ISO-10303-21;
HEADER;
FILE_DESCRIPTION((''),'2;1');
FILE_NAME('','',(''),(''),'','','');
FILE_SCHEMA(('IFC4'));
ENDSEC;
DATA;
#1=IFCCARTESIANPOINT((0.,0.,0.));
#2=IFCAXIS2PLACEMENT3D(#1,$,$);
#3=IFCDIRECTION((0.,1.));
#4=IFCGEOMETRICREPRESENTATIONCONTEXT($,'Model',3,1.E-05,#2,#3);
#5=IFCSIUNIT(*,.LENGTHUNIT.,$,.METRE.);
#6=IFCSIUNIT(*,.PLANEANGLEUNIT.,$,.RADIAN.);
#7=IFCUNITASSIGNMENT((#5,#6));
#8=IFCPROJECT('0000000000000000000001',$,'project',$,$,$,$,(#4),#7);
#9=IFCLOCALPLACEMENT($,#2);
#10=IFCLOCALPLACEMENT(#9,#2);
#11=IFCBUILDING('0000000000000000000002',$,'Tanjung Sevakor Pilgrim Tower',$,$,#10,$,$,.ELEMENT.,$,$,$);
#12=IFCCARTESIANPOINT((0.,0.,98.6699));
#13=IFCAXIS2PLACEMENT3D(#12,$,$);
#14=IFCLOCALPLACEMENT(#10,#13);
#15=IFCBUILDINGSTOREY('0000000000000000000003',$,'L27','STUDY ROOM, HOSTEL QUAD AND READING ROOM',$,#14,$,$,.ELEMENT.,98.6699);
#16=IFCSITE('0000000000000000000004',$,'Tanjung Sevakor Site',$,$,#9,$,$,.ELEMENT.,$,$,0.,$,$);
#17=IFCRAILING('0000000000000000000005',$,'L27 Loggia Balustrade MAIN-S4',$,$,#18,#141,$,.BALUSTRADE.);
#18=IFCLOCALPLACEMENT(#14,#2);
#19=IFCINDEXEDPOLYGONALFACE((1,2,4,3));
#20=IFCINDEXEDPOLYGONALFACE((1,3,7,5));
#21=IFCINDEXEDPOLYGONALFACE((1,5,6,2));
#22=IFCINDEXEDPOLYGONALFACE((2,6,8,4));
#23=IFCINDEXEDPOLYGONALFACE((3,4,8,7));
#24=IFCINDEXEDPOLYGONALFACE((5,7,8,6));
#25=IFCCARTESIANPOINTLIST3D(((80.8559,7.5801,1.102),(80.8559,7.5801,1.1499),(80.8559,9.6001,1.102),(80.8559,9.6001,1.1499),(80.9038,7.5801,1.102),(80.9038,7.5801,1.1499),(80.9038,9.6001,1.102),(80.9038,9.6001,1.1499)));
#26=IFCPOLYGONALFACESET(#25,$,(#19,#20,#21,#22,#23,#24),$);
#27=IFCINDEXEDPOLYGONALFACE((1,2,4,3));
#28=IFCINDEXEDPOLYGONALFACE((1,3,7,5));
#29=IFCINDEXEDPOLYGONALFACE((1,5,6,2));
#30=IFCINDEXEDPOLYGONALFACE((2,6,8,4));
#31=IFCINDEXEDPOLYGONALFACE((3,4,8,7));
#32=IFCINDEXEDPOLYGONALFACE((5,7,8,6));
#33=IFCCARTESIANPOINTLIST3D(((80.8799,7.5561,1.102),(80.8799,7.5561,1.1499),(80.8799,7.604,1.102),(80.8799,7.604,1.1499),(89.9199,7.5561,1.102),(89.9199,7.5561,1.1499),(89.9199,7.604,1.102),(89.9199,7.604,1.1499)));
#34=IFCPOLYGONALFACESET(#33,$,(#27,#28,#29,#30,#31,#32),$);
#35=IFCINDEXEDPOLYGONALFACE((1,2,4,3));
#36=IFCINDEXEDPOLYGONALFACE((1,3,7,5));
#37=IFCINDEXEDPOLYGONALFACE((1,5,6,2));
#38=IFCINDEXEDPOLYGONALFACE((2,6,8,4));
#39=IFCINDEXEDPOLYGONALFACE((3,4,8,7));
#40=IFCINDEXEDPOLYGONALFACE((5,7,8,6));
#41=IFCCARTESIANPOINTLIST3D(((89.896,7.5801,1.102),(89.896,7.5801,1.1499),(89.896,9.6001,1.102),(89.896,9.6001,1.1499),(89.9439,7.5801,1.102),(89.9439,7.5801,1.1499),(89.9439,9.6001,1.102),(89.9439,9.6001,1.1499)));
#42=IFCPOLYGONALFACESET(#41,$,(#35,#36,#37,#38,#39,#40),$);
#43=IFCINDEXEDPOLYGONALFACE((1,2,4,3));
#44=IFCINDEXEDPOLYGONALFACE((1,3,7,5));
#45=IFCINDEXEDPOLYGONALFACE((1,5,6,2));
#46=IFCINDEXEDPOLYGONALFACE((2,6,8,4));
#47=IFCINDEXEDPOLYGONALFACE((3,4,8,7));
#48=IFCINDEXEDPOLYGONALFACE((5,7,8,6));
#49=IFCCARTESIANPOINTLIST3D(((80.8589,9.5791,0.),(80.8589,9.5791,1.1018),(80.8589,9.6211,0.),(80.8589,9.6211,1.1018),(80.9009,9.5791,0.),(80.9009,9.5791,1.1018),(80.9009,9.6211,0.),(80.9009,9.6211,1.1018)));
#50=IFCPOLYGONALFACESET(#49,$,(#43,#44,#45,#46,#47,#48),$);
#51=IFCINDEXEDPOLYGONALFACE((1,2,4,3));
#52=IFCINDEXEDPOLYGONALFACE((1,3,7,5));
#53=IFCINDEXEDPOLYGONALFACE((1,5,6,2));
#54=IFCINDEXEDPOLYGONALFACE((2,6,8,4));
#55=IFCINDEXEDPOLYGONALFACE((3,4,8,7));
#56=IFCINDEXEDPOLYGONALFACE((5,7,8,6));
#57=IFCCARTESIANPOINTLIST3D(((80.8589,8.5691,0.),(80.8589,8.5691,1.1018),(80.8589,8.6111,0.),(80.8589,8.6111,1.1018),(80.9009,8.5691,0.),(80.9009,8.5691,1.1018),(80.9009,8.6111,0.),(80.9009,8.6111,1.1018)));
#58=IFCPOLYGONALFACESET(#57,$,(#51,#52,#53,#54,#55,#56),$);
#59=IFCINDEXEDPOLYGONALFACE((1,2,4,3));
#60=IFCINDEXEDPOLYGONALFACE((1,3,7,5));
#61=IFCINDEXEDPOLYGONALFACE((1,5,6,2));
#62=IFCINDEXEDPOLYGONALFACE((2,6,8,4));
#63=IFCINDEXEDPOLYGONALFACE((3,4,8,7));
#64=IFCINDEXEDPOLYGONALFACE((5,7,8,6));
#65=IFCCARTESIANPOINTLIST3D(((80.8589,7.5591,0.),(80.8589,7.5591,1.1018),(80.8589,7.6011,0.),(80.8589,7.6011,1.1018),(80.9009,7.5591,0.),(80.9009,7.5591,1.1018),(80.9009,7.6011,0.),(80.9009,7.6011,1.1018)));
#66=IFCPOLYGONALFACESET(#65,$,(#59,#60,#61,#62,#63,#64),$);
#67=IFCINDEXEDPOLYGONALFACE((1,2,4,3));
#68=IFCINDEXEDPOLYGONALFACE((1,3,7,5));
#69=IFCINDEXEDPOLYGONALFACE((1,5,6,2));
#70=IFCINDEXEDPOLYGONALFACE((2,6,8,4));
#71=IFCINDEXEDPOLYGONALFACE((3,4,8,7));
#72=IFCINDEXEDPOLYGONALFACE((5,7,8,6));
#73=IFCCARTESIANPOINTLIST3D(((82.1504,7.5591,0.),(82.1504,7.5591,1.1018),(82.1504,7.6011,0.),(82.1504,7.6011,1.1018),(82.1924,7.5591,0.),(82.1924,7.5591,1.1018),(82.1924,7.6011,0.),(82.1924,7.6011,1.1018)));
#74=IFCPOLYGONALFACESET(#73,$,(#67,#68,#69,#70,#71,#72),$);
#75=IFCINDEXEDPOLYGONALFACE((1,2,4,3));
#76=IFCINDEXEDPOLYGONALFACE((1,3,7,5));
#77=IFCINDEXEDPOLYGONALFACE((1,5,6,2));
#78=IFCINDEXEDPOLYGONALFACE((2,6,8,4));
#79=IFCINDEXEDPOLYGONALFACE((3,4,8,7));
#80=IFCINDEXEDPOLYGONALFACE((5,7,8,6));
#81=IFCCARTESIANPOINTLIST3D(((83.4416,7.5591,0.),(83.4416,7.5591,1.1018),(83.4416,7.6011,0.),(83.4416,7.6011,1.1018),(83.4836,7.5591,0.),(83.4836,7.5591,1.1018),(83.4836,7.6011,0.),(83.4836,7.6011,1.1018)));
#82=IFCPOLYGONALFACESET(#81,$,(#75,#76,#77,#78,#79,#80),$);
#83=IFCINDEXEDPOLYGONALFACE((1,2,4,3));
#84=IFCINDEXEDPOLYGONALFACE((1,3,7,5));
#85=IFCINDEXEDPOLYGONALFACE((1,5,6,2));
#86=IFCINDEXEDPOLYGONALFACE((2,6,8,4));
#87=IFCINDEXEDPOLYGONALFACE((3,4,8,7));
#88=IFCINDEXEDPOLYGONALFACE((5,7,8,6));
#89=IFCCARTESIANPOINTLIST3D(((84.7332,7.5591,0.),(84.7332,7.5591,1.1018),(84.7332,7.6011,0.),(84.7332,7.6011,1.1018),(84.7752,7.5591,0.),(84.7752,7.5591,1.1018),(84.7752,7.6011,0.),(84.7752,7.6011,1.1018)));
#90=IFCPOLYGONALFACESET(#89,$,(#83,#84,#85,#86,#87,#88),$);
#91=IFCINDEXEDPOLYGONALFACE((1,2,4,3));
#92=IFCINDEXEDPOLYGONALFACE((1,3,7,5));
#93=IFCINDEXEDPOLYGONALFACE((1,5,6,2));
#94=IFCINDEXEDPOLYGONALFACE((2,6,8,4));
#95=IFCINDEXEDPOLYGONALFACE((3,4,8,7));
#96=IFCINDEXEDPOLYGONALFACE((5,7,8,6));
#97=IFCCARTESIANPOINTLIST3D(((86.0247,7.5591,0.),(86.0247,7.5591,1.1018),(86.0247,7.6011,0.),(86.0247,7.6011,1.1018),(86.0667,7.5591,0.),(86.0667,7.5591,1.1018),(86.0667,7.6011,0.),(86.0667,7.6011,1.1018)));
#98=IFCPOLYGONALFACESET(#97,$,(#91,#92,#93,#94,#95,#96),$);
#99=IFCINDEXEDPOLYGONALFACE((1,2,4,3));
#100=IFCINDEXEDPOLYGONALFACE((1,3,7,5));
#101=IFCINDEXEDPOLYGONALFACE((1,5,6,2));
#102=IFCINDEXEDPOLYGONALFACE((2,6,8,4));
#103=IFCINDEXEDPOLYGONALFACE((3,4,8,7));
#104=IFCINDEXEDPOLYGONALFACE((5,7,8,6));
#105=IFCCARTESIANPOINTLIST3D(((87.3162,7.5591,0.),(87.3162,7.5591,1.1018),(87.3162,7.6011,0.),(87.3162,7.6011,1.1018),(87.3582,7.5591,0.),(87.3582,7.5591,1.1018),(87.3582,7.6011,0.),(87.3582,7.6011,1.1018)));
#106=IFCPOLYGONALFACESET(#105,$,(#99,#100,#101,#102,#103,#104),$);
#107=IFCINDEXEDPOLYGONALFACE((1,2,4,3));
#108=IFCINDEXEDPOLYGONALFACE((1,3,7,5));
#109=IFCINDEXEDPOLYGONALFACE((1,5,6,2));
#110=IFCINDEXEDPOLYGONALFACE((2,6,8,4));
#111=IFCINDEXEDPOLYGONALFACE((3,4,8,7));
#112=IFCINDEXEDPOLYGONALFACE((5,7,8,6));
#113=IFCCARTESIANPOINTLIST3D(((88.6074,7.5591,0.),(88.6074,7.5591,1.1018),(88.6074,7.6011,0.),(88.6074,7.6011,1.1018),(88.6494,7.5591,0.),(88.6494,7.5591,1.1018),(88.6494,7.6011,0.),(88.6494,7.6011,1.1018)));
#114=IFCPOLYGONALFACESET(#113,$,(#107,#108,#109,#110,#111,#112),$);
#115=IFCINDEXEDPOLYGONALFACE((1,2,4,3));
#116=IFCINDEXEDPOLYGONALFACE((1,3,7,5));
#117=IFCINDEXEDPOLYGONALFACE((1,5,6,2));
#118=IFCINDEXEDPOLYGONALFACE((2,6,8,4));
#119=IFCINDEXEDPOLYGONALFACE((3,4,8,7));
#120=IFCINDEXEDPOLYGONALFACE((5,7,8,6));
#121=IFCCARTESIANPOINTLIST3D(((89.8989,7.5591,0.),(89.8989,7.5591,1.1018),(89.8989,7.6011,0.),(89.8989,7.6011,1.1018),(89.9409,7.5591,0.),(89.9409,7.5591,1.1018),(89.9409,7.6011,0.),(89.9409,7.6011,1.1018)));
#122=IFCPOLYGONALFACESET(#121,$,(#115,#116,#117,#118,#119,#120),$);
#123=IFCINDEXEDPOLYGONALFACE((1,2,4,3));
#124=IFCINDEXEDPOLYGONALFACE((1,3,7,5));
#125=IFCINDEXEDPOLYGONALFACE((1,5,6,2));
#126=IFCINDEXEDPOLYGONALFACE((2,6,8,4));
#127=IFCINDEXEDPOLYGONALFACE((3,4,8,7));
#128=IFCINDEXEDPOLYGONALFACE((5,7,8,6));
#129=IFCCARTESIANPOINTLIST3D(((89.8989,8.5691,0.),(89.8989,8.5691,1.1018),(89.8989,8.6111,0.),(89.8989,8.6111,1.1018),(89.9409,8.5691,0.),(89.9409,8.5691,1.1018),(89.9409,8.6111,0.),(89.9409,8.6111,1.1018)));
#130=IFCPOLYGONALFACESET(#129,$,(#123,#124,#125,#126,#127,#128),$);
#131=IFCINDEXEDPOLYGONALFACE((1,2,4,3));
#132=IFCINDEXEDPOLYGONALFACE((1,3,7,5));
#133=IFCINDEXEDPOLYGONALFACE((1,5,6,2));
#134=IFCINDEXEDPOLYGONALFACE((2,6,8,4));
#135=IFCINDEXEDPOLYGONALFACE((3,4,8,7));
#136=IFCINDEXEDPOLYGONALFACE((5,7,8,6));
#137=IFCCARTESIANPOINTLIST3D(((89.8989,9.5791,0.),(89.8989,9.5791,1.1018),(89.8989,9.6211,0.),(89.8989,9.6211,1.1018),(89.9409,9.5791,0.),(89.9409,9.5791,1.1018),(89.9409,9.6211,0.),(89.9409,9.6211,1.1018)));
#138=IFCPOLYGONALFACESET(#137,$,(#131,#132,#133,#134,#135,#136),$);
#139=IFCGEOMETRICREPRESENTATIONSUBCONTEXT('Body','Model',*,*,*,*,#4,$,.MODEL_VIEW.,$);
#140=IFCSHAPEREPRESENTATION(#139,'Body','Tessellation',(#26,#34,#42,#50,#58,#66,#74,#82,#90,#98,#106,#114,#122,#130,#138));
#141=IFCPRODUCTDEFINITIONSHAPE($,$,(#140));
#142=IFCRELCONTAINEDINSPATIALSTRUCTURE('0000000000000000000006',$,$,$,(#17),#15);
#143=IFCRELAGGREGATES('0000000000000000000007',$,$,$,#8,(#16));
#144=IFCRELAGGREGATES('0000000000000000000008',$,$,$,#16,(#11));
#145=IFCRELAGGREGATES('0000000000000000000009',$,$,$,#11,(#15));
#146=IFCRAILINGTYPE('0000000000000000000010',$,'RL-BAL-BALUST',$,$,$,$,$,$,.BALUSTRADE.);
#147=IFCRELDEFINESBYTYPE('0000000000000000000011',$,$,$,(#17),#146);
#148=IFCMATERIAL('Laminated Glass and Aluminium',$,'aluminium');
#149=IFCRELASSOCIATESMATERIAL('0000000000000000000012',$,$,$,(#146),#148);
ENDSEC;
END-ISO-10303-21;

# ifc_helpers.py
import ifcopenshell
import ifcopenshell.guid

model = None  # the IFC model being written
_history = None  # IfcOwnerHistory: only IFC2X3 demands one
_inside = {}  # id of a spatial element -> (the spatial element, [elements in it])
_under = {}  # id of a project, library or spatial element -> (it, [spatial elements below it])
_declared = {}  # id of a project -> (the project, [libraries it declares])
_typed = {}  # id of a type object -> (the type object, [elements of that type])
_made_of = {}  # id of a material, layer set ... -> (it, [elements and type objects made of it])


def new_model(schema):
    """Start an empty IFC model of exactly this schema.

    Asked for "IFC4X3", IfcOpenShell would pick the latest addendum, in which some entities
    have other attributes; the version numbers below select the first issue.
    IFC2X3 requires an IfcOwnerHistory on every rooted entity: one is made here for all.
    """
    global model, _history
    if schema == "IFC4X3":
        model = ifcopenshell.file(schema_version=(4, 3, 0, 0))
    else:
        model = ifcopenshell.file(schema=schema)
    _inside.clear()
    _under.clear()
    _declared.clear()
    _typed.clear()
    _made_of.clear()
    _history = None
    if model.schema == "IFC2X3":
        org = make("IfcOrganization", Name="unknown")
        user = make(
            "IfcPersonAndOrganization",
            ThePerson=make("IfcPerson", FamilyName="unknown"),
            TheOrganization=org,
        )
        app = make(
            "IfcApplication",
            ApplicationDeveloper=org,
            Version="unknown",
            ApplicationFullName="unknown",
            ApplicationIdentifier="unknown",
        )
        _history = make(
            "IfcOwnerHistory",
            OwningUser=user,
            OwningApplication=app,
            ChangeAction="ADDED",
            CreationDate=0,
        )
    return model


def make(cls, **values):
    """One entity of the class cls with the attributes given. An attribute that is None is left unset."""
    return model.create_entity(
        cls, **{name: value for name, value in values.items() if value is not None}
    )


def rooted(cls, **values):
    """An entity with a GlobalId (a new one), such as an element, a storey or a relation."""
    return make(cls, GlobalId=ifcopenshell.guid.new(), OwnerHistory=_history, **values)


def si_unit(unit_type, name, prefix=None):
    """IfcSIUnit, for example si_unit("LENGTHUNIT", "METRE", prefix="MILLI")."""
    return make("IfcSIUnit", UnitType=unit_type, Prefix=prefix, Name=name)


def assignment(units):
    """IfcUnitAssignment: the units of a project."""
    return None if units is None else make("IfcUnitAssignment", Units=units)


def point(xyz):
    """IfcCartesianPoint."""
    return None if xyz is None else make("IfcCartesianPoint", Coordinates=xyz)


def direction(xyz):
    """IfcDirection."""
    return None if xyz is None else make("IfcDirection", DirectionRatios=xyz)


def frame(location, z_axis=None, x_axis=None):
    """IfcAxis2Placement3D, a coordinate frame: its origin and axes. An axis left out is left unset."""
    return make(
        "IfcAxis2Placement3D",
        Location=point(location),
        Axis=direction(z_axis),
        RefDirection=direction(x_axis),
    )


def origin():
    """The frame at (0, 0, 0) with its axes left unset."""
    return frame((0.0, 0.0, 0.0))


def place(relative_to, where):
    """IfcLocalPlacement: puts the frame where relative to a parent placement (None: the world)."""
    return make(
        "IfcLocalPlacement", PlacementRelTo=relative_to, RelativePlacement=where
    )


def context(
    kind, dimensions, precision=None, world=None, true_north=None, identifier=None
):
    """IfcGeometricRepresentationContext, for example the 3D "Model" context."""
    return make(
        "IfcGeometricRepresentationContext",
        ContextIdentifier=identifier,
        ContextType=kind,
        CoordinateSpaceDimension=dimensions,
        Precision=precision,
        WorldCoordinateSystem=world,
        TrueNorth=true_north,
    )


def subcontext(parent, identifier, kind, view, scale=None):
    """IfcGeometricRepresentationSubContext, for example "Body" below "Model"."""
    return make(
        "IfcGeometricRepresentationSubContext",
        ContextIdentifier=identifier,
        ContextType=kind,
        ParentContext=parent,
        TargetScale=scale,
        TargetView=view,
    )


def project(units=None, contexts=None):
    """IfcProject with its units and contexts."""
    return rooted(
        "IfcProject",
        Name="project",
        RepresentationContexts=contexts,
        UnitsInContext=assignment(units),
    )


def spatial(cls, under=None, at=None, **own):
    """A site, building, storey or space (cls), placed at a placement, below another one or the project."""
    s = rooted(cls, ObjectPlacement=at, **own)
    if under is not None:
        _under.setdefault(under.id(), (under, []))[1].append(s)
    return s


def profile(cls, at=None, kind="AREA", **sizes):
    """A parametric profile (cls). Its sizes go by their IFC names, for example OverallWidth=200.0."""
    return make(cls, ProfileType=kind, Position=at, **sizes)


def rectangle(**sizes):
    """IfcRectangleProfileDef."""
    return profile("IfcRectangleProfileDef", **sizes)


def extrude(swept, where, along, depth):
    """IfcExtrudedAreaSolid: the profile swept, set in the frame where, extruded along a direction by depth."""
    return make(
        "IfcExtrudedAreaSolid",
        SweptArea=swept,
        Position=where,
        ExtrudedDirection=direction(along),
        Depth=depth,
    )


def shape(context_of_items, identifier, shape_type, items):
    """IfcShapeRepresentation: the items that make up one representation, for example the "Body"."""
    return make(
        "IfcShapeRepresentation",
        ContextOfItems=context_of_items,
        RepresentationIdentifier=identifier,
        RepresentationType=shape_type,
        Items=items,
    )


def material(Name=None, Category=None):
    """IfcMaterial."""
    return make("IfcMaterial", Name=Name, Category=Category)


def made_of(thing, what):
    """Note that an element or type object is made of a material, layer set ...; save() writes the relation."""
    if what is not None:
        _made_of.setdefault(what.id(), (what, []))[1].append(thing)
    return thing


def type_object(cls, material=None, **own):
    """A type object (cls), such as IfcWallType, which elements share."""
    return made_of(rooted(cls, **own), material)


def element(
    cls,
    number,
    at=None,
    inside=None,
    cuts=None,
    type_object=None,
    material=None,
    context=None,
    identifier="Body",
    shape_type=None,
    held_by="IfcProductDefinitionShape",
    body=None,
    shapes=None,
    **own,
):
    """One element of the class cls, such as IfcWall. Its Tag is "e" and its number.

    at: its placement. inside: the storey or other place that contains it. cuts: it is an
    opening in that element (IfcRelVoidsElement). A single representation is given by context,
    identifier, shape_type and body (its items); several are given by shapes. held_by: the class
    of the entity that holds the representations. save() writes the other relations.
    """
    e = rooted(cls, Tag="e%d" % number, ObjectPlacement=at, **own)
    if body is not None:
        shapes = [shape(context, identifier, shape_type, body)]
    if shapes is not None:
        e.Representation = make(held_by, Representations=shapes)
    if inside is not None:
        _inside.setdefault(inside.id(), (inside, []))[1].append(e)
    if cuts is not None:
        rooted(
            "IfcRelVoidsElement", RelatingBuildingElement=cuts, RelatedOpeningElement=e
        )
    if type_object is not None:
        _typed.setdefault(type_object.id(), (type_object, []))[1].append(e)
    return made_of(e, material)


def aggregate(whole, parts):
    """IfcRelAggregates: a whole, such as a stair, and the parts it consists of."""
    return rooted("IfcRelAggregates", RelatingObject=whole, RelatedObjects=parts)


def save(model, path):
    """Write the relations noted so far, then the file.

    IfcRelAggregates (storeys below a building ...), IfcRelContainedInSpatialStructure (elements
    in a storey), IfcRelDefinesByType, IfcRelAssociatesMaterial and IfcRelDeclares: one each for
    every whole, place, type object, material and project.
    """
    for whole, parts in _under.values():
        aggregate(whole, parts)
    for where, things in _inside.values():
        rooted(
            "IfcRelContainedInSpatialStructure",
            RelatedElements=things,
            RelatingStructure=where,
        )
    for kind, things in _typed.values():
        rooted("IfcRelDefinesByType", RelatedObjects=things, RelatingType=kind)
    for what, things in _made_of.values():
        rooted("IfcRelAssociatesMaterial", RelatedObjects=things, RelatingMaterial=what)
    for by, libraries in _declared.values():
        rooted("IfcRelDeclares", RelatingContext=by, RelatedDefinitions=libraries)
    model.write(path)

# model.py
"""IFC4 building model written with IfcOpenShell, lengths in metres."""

from ifc_helpers import new_model, si_unit, direction, frame, origin, place, context, subcontext, project, spatial, rectangle, extrude, material, type_object, element, save


model = new_model("IFC4")

# Units and contexts
model_context = context("Model", 3, precision=1e-05, world=origin(), true_north=direction((0.0, 1.0)))
body_context = subcontext(model_context, "Body", "Model", "MODEL_VIEW")
ifc_project = project(units=[si_unit("LENGTHUNIT", "METRE"), si_unit("PLANEANGLEUNIT", "RADIAN")], contexts=[model_context])

# Site, building, storey
site_placement = place(None, origin())
site = spatial("IfcSite", under=ifc_project, at=site_placement, Name="Tanjung Sevakor Site", CompositionType="ELEMENT", RefElevation=0.0)
building_placement = place(site_placement, origin())
building = spatial("IfcBuilding", under=site, at=building_placement, Name="Tanjung Sevakor Pilgrim Tower", CompositionType="ELEMENT")
storey_placement = place(building_placement, frame((0.0, 0.0, 98.6699)))
storey = spatial("IfcBuildingStorey", under=building, at=storey_placement, Name="L27", Description="STUDY ROOM, HOSTEL QUAD AND READING ROOM", CompositionType="ELEMENT", Elevation=98.6699)

# Railing
ifc_material_1 = material(Name="Laminated Glass and Aluminium", Category="aluminium")
railing_type = type_object("IfcRailingType", Name="RL-BAL-BALUST", PredefinedType="BALUSTRADE", material=ifc_material_1)
railing_1_placement = place(storey_placement, frame((80.8799, 9.6001, 0.0)))
element("IfcRailing", 1, at=railing_1_placement, inside=storey, type_object=railing_type, Name="L27 Loggia Balustrade MAIN-S4", PredefinedType="BALUSTRADE", context=body_context, shape_type="SweptSolid", body=[
    extrude(rectangle(XDim=0.0479, YDim=0.0479), frame((0.0, 0.0, 1.126), z_axis=(0.0, -1.0, 0.0), x_axis=(1.0, 0.0, 0.0)), (0.0, 0.0, 1.0), 2.02),
    extrude(rectangle(XDim=0.0479, YDim=0.0479), frame((0.0, -2.02, 1.126), z_axis=(1.0, 0.0, 0.0), x_axis=(0.0, 1.0, 0.0)), (0.0, 0.0, 1.0), 9.04),
    extrude(rectangle(XDim=0.0479, YDim=0.0479), frame((9.04, -2.02, 1.126), z_axis=(0.0, 1.0, 0.0), x_axis=(-1.0, 0.0, 0.0)), (0.0, 0.0, 1.0), 2.02),
    extrude(rectangle(XDim=0.042, YDim=0.042), origin(), (0.0, 0.0, 1.0), 1.1018),
    extrude(rectangle(XDim=0.042, YDim=0.042), frame((0.0, -1.01, 0.0)), (0.0, 0.0, 1.0), 1.1018),
    extrude(rectangle(XDim=0.042, YDim=0.042), frame((0.0, -2.02, 0.0)), (0.0, 0.0, 1.0), 1.1018),
    extrude(rectangle(XDim=0.042, YDim=0.042), frame((1.2915, -2.02, 0.0)), (0.0, 0.0, 1.0), 1.1018),
    extrude(rectangle(XDim=0.042, YDim=0.042), frame((2.5828, -2.02, 0.0)), (0.0, 0.0, 1.0), 1.1018),
    extrude(rectangle(XDim=0.042, YDim=0.042), frame((3.8743, -2.02, 0.0)), (0.0, 0.0, 1.0), 1.1018),
    extrude(rectangle(XDim=0.042, YDim=0.042), frame((5.1658, -2.02, 0.0)), (0.0, 0.0, 1.0), 1.1018),
    extrude(rectangle(XDim=0.042, YDim=0.042), frame((6.4573, -2.02, 0.0)), (0.0, 0.0, 1.0), 1.1018),
    extrude(rectangle(XDim=0.042, YDim=0.042), frame((7.7485, -2.02, 0.0)), (0.0, 0.0, 1.0), 1.1018),
    extrude(rectangle(XDim=0.042, YDim=0.042), frame((9.04, -2.02, 0.0)), (0.0, 0.0, 1.0), 1.1018),
    extrude(rectangle(XDim=0.042, YDim=0.042), frame((9.04, -1.01, 0.0)), (0.0, 0.0, 1.0), 1.1018),
    extrude(rectangle(XDim=0.042, YDim=0.042), frame((9.04, 0.0, 0.0)), (0.0, 0.0, 1.0), 1.1018),
])

save(model, "model.ifc")
